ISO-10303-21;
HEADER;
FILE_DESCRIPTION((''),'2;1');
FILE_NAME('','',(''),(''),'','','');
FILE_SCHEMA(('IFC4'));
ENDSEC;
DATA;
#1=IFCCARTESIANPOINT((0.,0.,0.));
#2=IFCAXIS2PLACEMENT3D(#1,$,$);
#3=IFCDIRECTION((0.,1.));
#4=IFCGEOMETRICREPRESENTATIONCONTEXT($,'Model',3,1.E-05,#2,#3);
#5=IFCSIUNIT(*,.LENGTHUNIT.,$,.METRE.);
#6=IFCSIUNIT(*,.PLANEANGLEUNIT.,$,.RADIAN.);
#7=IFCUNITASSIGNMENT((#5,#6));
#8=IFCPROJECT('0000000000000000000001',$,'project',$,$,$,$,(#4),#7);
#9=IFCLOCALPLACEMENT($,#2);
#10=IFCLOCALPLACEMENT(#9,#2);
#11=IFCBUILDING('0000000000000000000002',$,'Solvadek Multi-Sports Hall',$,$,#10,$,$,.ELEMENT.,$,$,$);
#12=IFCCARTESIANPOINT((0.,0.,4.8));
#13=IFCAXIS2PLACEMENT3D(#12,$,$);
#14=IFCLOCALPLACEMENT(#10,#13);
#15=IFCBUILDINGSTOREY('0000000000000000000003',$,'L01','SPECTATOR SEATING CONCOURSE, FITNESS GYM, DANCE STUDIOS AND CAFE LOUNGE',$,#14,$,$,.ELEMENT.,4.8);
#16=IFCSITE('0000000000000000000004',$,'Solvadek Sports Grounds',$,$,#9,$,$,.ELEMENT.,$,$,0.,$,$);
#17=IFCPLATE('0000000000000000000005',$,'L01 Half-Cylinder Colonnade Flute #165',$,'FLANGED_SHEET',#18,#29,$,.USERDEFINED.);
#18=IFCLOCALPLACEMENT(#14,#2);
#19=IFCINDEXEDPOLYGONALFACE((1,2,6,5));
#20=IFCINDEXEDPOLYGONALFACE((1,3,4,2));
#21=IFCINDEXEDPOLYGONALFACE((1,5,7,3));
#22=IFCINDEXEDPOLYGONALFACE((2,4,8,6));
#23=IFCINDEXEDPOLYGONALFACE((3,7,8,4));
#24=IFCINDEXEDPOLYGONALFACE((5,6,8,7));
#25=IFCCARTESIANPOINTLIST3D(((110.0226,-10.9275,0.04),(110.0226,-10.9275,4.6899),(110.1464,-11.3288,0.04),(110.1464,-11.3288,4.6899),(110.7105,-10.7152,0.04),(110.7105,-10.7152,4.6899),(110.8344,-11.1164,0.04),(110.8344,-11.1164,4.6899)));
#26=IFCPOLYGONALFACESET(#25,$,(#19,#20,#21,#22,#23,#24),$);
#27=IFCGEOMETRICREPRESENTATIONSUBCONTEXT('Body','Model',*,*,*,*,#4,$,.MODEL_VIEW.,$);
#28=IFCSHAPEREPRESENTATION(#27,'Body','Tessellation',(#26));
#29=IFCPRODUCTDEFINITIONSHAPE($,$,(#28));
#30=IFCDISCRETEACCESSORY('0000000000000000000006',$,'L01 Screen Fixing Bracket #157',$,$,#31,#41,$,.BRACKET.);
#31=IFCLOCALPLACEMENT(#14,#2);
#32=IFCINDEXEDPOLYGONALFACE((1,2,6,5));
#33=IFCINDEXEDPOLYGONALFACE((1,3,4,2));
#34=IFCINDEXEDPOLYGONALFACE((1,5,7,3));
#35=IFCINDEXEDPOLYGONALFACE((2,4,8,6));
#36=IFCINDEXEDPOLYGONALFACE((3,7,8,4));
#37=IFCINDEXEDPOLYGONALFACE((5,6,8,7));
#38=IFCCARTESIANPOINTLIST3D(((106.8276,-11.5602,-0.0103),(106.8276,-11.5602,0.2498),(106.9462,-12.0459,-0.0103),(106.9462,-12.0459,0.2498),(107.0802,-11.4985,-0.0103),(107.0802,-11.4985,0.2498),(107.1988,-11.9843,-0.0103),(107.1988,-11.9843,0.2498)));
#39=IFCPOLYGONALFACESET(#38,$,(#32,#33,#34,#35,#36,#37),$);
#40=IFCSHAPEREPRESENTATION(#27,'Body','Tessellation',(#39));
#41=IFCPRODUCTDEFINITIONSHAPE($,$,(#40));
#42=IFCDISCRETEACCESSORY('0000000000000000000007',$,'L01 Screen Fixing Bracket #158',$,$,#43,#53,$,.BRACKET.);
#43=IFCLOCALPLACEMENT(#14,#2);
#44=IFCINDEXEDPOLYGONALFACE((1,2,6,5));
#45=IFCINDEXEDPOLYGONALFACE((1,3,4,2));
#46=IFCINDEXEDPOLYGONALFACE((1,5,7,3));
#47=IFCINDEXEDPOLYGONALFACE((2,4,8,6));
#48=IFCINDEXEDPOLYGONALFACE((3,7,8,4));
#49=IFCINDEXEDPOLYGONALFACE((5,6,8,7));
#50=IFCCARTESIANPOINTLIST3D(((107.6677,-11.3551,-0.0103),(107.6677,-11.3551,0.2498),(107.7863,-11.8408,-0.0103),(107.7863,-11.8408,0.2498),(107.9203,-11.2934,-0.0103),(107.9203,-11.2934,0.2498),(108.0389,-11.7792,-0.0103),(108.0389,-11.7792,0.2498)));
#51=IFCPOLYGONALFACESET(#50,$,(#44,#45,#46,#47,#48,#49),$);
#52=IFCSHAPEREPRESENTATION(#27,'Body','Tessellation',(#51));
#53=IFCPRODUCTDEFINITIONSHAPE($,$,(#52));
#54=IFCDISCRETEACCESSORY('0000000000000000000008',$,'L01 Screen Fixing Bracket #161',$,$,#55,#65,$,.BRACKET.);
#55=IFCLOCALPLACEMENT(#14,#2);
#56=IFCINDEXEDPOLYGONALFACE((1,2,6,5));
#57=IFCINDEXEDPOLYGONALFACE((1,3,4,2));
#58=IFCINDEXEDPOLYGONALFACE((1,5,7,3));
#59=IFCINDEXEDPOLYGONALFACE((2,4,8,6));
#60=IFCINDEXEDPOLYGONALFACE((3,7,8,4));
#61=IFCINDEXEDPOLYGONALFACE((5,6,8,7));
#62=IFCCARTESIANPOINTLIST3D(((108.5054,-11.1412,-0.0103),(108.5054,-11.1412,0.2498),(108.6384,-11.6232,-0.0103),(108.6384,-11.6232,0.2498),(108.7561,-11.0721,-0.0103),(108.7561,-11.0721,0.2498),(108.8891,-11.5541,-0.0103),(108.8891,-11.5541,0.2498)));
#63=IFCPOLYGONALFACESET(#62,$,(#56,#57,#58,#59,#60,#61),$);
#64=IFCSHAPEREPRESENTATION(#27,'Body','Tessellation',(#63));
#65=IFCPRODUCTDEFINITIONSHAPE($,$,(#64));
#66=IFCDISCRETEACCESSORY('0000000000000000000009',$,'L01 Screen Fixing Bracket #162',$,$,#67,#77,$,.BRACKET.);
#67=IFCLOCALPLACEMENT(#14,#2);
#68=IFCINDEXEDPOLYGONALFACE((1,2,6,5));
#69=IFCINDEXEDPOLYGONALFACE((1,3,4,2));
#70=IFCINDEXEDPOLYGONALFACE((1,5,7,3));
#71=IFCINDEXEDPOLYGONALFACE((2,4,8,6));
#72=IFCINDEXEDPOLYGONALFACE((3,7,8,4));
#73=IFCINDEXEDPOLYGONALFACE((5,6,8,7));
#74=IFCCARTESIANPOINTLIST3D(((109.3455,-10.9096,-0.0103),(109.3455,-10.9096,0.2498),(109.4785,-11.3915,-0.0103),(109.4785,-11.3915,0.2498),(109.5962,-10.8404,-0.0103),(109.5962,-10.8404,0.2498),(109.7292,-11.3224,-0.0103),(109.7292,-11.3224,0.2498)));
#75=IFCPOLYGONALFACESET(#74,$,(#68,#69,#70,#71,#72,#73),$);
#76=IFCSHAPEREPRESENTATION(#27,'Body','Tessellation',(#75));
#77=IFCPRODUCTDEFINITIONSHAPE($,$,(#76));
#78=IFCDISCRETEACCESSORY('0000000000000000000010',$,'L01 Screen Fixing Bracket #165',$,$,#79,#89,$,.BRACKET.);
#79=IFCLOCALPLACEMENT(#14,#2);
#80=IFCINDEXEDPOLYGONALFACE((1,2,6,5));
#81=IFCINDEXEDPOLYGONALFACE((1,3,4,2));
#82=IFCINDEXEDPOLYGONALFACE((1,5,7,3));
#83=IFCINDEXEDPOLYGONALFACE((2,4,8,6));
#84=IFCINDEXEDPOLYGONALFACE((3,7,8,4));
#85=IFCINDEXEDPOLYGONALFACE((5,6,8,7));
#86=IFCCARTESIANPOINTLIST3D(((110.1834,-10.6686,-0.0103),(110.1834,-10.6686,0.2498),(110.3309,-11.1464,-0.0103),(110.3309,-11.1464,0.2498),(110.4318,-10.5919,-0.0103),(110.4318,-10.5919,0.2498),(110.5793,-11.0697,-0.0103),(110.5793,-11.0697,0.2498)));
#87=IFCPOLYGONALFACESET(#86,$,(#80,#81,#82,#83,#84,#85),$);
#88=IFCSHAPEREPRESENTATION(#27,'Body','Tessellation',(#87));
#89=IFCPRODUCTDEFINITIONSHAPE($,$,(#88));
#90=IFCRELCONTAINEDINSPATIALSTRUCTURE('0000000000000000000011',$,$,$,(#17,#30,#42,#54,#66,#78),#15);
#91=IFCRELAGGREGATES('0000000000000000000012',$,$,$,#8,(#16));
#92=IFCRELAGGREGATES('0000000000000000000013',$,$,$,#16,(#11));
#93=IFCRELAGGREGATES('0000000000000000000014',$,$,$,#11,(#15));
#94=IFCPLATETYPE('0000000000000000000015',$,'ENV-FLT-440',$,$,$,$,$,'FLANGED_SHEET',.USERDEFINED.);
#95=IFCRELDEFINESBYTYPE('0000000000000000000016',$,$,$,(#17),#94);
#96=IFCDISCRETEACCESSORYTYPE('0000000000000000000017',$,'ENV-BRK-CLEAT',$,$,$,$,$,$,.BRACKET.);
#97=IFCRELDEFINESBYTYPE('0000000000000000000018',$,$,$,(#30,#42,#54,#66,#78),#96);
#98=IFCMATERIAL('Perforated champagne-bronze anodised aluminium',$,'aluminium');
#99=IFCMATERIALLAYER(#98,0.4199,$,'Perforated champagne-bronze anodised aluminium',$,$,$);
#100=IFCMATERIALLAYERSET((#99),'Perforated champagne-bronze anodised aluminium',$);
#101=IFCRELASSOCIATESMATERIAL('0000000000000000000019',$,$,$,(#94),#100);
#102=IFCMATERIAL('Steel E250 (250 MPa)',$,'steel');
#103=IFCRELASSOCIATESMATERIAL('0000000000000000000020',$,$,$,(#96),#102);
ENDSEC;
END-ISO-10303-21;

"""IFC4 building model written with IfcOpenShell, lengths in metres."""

from ifc_helpers import new_model, si_unit, direction, frame, origin, origin_2d, place, context, subcontext, project, spatial, rectangle, extrude, material, layer, layer_set, type_object, element, save


model = new_model("IFC4")

# Units and contexts
model_context = context("Model", 3, precision=1e-05, world=origin(), true_north=direction((0.0, 1.0)))
body_context = subcontext(model_context, "Body", "Model", "MODEL_VIEW")
ifc_project = project(units=[si_unit("LENGTHUNIT", "METRE"), si_unit("PLANEANGLEUNIT", "RADIAN")], contexts=[model_context])

# Site, building, storey
site_placement = place(None, origin())
site = spatial("IfcSite", under=ifc_project, at=site_placement, Name="Solvadek Sports Grounds", CompositionType="ELEMENT", RefElevation=0.0)
building_placement = place(site_placement, origin())
building = spatial("IfcBuilding", under=site, at=building_placement, Name="Solvadek Multi-Sports Hall", CompositionType="ELEMENT")
storey_placement = place(building_placement, frame((0.0, 0.0, 4.8)))
storey = spatial("IfcBuildingStorey", under=building, at=storey_placement, Name="L01", Description="SPECTATOR SEATING CONCOURSE, FITNESS GYM, DANCE STUDIOS AND CAFE LOUNGE", CompositionType="ELEMENT", Elevation=4.8)

# Plate
ifc_material_1 = material(Name="Perforated champagne-bronze anodised aluminium", Category="aluminium")
ifc_layer_1 = layer(ifc_material_1, 0.4199, Name="Perforated champagne-bronze anodised aluminium")
ifc_layer_set_1 = layer_set([ifc_layer_1], Name="Perforated champagne-bronze anodised aluminium")
plate_type_1 = type_object("IfcPlateType", Name="ENV-FLT-440", ElementType="FLANGED_SHEET", PredefinedType="USERDEFINED", material=ifc_layer_set_1)
for number, where, z_axis, x_axis, name in (
    (1, (110.4285, -11.022, 0.04), (0.0, 0.0, 1.0), (0.955527, 0.294905, 0.0), "L01 Half-Cylinder Colonnade Flute #165"),
):
    element("IfcPlate", number, at=place(storey_placement, frame(where, z_axis=z_axis, x_axis=x_axis)), inside=storey, type_object=plate_type_1, Name=name, ObjectType="FLANGED_SHEET", PredefinedType="USERDEFINED", context=body_context, shape_type="SweptSolid", body=[
        extrude(rectangle(XDim=0.72, YDim=0.4199, at=origin_2d()), origin(), (0.0, 0.0, 1.0), 4.6499),
    ])

# Discrete accessories
ifc_material_2 = material(Name="Steel E250 (250 MPa)", Category="steel")
discrete_accessory_type = type_object("IfcDiscreteAccessoryType", Name="ENV-BRK-CLEAT", PredefinedType="BRACKET", material=ifc_material_2)
for number, where, z_axis, x_axis, name in (
    (2, (107.0132, -11.7722, -0.0103), (0.0, 0.0, 1.0), (0.971475, 0.237144, 0.0), "L01 Screen Fixing Bracket #157"),
    (3, (107.8533, -11.5671, -0.0103), (0.0, 0.0, 1.0), (0.971475, 0.237144, 0.0), "L01 Screen Fixing Bracket #158"),
    (4, (108.6973, -11.3477, -0.0103), (0.0, 0.0, 1.0), (0.96397, 0.26601, 0.0), "L01 Screen Fixing Bracket #161"),
    (5, (109.5374, -11.116, -0.0103), (0.0, 0.0, 1.0), (0.96397, 0.26601, 0.0), "L01 Screen Fixing Bracket #162"),
    (6, (110.3813, -10.8691, -0.0103), (0.0, 0.0, 1.0), (0.955527, 0.294905, 0.0), "L01 Screen Fixing Bracket #165"),
):
    element("IfcDiscreteAccessory", number, at=place(storey_placement, frame(where, z_axis=z_axis, x_axis=x_axis)), inside=storey, type_object=discrete_accessory_type, Name=name, PredefinedType="BRACKET", context=body_context, shape_type="SweptSolid", body=[
        extrude(rectangle(XDim=0.26, YDim=0.5, at=origin_2d()), origin(), (0.0, 0.0, 1.0), 0.26),
    ])

save(model, "model.ifc")
